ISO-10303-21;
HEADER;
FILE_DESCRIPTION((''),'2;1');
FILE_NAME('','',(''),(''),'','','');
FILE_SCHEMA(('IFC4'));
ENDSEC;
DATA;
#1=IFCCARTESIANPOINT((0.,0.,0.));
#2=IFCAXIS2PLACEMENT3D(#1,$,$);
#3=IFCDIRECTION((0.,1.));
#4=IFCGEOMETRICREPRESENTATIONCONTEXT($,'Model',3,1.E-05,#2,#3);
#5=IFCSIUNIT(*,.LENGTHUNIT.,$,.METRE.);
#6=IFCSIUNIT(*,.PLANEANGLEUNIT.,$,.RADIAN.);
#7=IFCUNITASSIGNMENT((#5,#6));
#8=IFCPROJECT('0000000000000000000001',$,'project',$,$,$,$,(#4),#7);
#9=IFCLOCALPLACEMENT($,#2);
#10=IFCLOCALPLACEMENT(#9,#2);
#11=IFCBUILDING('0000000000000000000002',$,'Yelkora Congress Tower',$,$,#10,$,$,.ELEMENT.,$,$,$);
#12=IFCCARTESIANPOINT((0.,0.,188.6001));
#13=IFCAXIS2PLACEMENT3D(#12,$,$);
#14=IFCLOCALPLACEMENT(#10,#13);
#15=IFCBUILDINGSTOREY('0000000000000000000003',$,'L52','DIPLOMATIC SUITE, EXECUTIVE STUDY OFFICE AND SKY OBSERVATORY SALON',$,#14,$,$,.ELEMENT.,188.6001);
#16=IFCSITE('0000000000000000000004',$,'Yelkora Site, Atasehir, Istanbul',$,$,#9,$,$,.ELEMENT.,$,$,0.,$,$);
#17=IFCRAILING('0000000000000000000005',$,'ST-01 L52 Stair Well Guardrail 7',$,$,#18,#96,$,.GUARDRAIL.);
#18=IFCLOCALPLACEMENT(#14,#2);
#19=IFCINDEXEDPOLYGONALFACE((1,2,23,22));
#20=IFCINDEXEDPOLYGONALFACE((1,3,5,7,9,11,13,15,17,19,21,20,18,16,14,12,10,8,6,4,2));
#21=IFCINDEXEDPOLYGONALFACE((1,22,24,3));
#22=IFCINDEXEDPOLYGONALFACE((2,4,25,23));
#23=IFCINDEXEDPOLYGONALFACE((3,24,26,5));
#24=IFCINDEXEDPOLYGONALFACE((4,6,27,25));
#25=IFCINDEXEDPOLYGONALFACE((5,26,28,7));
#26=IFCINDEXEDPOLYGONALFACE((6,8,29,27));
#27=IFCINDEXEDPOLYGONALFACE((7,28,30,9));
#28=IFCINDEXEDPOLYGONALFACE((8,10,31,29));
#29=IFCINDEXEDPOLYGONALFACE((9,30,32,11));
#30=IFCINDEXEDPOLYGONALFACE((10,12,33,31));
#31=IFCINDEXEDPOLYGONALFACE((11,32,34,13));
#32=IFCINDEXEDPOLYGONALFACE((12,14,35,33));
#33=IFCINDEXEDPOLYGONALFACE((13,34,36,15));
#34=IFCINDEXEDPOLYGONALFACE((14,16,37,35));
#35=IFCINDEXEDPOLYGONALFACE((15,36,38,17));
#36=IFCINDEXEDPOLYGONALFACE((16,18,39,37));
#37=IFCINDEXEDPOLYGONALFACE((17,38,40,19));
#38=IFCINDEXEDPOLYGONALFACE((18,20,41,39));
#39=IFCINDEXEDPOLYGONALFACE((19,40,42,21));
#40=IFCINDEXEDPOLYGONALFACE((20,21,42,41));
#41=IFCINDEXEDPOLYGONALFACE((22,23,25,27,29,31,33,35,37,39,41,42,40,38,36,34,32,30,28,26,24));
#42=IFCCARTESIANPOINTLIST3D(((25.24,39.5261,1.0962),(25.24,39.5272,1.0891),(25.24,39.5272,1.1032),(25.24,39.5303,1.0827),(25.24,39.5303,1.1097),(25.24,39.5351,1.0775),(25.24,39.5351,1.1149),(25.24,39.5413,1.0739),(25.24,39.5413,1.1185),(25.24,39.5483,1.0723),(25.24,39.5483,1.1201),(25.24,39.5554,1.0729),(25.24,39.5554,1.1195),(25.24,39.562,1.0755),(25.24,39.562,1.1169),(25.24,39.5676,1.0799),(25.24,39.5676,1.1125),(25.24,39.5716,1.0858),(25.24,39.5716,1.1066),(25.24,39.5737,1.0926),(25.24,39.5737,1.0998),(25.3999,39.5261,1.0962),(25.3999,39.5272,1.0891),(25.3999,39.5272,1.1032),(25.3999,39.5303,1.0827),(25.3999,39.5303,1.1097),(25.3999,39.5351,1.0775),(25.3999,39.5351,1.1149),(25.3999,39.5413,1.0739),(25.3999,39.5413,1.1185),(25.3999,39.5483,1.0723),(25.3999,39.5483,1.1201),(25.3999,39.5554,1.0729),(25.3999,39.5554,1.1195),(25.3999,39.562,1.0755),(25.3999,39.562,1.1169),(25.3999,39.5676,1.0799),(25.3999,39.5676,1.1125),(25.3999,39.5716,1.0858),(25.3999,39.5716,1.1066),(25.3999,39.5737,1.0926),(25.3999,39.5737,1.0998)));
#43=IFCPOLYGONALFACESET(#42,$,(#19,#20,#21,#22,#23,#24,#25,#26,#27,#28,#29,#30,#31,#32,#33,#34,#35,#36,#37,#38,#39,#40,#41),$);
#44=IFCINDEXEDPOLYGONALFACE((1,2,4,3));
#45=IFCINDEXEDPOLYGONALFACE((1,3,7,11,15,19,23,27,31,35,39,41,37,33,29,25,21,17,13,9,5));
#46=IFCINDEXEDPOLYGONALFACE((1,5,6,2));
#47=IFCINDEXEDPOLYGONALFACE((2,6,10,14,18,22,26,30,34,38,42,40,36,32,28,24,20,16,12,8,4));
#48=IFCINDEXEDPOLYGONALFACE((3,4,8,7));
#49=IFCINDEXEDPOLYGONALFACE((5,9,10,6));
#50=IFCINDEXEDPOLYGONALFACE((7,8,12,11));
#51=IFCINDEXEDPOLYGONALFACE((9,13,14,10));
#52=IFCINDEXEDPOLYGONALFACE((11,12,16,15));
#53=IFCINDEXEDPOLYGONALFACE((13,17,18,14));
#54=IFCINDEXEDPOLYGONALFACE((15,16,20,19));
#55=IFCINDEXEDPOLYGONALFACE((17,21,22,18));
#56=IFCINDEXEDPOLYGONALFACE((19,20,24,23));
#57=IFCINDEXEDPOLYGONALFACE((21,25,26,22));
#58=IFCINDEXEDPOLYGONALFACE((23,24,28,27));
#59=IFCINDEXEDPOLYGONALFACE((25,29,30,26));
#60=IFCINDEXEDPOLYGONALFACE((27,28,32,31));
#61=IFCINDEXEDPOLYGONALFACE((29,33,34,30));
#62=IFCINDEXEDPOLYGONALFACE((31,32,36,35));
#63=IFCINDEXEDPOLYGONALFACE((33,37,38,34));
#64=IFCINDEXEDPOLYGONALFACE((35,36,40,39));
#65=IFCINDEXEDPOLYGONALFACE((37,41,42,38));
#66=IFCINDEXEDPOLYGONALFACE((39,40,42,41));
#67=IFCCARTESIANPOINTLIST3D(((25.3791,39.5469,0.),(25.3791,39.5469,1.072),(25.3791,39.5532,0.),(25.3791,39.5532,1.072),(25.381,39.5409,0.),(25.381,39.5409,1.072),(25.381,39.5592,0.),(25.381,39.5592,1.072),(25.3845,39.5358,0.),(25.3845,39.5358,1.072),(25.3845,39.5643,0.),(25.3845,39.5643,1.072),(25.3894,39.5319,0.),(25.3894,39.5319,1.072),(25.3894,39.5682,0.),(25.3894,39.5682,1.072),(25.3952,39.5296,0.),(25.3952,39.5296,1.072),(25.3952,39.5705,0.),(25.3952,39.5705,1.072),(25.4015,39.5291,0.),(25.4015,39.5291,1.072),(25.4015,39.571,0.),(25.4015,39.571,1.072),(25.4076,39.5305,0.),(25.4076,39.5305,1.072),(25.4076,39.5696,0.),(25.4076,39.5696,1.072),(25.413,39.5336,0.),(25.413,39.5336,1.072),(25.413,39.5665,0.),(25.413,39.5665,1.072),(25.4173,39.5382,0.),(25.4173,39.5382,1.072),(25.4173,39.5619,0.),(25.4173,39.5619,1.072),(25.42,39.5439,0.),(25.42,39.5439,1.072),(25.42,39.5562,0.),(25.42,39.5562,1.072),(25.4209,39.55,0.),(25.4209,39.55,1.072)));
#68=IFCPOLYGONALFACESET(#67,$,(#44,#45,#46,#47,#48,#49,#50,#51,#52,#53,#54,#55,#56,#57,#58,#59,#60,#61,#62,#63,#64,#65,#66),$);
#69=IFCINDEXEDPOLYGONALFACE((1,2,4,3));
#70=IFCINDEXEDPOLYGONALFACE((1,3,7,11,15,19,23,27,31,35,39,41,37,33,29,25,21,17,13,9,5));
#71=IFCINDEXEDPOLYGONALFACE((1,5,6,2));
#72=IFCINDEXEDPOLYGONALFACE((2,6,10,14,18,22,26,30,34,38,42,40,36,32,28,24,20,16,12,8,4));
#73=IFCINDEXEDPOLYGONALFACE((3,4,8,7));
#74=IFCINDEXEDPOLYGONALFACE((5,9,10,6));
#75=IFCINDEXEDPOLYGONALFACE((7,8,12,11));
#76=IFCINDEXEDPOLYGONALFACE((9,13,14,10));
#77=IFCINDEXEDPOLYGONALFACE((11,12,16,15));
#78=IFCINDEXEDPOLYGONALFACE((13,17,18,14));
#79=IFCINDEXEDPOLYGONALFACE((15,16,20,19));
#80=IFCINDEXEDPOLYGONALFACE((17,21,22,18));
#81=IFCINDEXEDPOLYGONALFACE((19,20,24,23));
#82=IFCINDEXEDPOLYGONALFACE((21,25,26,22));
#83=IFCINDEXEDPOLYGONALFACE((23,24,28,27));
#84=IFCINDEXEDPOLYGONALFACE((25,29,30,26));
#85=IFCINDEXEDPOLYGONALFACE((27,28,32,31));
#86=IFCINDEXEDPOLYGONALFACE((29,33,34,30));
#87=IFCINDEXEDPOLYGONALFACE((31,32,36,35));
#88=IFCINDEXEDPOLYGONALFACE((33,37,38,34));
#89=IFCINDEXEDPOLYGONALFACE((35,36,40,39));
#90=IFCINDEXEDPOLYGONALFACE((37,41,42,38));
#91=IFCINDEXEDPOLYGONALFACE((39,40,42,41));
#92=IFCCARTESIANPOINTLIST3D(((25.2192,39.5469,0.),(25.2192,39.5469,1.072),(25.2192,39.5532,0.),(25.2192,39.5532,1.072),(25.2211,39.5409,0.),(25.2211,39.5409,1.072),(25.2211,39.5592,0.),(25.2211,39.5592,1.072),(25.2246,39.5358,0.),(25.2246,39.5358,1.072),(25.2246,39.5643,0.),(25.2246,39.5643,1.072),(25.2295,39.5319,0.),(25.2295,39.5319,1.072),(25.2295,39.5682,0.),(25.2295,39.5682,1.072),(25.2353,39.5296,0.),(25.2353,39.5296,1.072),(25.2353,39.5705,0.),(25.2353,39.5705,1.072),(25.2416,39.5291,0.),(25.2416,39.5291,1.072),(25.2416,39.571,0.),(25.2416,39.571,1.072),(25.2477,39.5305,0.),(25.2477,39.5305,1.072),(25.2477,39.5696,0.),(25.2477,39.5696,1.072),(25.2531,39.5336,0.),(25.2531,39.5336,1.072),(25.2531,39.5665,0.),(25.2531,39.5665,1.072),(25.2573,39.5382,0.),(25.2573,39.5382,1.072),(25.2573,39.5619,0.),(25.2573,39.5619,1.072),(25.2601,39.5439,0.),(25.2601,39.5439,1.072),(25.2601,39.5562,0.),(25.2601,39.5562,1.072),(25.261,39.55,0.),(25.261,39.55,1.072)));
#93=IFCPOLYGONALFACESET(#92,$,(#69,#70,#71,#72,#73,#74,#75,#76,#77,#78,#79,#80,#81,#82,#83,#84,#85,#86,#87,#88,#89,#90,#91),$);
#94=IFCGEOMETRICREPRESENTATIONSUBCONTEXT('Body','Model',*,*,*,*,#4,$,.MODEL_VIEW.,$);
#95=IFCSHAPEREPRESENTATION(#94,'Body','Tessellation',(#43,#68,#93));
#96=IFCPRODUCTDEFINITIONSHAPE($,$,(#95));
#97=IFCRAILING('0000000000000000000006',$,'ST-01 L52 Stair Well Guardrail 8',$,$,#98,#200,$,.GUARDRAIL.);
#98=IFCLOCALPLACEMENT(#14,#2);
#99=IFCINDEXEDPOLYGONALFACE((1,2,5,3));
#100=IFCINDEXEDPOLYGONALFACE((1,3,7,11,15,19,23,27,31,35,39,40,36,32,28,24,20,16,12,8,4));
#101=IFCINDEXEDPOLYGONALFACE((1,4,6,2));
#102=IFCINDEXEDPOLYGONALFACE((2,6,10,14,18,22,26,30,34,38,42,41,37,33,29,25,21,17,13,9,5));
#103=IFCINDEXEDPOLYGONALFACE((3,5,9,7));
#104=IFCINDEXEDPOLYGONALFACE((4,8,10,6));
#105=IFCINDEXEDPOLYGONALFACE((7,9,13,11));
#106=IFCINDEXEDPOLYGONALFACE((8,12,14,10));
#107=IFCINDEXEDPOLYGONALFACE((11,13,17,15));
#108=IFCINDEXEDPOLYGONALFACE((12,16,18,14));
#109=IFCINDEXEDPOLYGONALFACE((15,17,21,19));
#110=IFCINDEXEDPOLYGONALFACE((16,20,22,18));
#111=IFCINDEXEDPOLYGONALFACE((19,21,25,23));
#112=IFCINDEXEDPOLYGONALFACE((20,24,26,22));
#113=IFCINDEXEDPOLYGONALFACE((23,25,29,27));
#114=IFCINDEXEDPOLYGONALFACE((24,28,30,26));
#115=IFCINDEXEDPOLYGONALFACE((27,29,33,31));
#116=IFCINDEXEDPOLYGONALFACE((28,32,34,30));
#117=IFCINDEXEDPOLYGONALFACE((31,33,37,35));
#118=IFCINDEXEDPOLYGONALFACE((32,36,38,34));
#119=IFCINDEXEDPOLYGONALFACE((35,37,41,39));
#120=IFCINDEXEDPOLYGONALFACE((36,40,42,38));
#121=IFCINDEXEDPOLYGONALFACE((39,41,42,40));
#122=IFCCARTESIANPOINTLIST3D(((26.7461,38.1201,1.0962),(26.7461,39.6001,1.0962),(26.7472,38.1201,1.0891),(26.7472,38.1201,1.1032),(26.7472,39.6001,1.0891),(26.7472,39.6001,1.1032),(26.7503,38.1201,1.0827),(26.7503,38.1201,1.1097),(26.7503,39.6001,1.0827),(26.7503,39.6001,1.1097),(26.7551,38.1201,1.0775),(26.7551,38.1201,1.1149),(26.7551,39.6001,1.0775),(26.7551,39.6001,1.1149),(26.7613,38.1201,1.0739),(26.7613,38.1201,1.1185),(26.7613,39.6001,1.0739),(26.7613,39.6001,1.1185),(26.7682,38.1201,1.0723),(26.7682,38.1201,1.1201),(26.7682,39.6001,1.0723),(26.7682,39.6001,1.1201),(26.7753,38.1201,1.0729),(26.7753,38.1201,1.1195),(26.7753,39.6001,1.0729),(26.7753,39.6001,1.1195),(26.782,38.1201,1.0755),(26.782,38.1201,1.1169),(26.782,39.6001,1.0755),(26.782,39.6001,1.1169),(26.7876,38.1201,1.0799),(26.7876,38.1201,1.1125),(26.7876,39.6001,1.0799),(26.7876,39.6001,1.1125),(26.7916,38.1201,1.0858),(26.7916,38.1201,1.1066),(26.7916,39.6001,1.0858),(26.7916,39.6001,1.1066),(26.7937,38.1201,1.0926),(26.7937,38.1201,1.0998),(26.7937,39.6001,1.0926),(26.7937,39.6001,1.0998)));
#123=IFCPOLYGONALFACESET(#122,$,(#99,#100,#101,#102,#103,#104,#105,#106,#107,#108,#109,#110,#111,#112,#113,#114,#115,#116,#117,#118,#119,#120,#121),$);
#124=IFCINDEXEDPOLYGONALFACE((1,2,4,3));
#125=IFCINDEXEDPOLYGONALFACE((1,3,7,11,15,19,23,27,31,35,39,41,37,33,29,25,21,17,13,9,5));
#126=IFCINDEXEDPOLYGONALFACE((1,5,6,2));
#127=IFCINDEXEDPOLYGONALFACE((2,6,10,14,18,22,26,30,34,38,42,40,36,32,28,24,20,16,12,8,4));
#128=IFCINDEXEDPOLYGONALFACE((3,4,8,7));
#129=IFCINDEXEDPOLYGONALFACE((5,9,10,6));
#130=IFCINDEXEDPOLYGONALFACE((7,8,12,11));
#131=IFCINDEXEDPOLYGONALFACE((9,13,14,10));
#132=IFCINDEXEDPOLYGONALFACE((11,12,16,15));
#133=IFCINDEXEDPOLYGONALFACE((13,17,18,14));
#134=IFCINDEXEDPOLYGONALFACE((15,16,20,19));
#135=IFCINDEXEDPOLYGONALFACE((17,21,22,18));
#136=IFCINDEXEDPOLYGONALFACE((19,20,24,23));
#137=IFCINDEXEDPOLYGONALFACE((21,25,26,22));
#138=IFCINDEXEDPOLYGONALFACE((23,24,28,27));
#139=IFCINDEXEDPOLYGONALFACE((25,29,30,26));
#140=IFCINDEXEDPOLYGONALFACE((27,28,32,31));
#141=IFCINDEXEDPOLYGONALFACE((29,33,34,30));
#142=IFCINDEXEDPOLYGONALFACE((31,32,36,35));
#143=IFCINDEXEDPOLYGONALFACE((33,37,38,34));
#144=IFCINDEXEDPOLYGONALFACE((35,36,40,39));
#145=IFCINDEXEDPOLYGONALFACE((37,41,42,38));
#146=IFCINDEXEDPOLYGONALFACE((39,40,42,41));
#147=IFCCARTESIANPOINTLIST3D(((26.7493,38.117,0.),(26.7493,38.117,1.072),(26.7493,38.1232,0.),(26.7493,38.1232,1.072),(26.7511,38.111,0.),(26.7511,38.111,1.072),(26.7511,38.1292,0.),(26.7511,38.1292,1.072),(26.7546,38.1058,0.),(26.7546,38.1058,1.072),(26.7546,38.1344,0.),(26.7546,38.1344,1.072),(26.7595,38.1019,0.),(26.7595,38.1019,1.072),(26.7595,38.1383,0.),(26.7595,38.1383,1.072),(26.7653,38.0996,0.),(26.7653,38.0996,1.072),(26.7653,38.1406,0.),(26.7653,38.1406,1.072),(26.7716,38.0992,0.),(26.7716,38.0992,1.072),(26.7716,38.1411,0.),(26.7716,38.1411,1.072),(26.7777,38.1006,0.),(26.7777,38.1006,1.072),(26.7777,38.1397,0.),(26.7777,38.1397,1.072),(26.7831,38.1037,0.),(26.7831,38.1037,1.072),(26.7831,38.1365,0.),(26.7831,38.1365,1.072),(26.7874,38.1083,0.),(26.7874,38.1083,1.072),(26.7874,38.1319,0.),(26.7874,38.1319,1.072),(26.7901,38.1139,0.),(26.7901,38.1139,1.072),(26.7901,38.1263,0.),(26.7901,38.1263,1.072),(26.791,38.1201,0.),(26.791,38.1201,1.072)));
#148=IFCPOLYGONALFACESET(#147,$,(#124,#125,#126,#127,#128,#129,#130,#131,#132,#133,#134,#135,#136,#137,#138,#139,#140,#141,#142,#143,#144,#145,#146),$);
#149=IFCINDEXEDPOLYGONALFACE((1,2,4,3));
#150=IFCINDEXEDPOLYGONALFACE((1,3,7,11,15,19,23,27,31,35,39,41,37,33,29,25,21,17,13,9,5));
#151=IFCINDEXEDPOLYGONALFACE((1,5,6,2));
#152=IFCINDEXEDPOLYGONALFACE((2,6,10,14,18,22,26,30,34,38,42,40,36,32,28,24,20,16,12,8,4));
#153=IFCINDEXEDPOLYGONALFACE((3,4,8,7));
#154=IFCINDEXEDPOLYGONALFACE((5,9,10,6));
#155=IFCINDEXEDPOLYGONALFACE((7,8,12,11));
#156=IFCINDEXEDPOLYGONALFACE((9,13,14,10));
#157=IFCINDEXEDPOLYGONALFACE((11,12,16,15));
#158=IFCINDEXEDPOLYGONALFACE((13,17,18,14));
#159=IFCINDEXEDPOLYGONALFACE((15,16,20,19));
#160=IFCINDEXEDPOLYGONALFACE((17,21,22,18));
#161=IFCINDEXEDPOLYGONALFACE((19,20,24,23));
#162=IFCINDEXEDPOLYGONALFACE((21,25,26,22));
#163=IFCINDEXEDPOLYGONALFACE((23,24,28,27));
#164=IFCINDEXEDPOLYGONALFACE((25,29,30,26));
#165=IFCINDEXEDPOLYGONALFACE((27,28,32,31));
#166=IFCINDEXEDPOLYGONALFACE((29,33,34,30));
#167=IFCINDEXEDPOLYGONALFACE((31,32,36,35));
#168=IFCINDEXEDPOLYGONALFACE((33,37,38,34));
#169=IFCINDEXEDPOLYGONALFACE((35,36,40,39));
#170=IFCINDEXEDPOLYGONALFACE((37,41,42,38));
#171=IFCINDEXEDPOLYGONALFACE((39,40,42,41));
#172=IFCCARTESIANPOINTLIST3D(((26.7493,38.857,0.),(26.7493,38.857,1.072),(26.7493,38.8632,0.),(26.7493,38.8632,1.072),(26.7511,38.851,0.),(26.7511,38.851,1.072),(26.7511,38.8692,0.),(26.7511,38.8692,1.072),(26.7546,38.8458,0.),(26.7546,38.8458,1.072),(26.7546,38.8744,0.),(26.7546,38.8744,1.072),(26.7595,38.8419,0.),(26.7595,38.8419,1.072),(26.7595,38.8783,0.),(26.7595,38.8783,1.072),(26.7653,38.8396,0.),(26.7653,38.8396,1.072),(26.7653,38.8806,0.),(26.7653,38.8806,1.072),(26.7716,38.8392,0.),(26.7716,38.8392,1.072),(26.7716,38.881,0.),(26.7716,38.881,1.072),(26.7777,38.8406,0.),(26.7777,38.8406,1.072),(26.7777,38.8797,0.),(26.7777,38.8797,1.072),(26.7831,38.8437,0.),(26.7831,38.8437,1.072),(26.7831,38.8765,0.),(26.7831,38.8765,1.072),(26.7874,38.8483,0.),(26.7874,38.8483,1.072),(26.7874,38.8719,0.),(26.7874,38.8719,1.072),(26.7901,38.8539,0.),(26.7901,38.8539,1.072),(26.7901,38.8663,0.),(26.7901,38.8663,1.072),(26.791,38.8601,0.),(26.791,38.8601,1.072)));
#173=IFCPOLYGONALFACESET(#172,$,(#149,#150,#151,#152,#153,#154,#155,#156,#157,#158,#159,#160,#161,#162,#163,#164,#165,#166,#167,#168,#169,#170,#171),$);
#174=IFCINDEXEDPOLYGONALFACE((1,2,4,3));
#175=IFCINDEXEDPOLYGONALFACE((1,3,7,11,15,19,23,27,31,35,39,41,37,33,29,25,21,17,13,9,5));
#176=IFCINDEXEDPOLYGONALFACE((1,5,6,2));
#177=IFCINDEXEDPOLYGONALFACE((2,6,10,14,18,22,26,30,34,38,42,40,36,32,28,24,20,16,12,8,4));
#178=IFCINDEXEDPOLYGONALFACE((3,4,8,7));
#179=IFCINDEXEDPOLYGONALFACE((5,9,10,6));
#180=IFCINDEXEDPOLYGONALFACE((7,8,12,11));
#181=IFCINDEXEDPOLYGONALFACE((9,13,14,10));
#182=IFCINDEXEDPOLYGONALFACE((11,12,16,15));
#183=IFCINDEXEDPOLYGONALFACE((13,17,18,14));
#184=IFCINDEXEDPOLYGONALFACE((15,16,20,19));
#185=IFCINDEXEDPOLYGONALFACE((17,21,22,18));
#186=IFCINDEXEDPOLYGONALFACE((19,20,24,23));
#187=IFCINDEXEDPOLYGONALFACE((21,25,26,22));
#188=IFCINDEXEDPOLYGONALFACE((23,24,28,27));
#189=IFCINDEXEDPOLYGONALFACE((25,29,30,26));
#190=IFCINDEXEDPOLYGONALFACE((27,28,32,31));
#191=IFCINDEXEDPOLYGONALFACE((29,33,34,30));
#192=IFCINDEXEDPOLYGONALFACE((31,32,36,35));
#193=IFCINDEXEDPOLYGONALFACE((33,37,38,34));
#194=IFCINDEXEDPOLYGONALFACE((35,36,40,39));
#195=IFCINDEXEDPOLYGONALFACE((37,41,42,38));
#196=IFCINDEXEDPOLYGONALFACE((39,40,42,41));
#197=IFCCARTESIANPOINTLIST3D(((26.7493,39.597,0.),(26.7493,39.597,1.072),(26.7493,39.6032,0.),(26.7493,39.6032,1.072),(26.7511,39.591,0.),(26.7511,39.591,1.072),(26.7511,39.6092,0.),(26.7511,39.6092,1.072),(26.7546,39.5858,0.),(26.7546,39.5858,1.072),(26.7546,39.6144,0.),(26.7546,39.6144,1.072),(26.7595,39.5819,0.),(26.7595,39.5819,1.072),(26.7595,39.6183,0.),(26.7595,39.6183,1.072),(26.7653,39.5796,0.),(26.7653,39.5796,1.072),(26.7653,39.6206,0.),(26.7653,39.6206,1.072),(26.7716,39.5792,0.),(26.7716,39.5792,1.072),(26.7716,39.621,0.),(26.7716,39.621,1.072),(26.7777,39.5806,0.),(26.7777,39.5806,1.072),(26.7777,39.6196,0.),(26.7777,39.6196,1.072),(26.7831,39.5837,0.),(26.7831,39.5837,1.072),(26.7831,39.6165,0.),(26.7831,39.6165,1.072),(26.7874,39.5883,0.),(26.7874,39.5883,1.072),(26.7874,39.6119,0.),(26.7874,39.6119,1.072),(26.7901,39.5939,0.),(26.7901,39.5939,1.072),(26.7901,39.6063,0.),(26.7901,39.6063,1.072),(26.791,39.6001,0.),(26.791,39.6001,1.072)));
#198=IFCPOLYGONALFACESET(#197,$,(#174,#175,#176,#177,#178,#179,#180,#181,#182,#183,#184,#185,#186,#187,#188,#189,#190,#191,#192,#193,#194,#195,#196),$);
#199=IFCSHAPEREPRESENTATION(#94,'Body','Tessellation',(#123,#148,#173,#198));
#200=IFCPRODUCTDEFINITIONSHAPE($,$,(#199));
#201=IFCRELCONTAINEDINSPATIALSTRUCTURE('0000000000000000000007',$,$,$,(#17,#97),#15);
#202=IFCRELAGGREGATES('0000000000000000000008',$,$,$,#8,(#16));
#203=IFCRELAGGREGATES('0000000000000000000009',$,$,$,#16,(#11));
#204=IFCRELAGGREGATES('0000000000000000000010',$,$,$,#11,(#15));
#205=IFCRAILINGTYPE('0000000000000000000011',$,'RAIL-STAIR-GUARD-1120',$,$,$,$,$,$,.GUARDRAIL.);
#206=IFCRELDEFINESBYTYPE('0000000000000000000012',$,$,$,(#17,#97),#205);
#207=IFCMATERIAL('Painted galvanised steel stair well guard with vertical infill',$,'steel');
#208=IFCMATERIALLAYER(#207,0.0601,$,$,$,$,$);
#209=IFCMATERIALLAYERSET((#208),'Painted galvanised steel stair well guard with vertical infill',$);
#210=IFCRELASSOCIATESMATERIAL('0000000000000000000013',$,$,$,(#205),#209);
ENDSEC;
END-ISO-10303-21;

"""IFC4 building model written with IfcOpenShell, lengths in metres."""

from ifc_helpers import new_model, si_unit, direction, frame, origin, origin_2d, place, context, subcontext, project, spatial, circle, extrude, material, layer, layer_set, type_object, element, save


model = new_model("IFC4")

# Units and contexts
model_context = context("Model", 3, precision=1e-05, world=origin(), true_north=direction((0.0, 1.0)))
body_context = subcontext(model_context, "Body", "Model", "MODEL_VIEW")
ifc_project = project(units=[si_unit("LENGTHUNIT", "METRE"), si_unit("PLANEANGLEUNIT", "RADIAN")], contexts=[model_context])

# Site, building, storey
site_placement = place(None, origin())
site = spatial("IfcSite", under=ifc_project, at=site_placement, Name="Yelkora Site, Atasehir, Istanbul", CompositionType="ELEMENT", RefElevation=0.0)
building_placement = place(site_placement, origin())
building = spatial("IfcBuilding", under=site, at=building_placement, Name="Yelkora Congress Tower", CompositionType="ELEMENT")
storey_placement = place(building_placement, frame((0.0, 0.0, 188.6001)))
storey = spatial("IfcBuildingStorey", under=building, at=storey_placement, Name="L52", Description="DIPLOMATIC SUITE, EXECUTIVE STUDY OFFICE AND SKY OBSERVATORY SALON", CompositionType="ELEMENT", Elevation=188.6001)

# Railings
ifc_material_1 = material(Name="Painted galvanised steel stair well guard with vertical infill", Category="steel")
ifc_layer_1 = layer(ifc_material_1, 0.0601)
ifc_layer_set_1 = layer_set([ifc_layer_1], Name="Painted galvanised steel stair well guard with vertical infill")
railing_type_1 = type_object("IfcRailingType", Name="RAIL-STAIR-GUARD-1120", PredefinedType="GUARDRAIL", material=ifc_layer_set_1)
railing_1_placement = place(storey_placement, frame((25.3999, 39.55, 0.0)))
element("IfcRailing", 1, at=railing_1_placement, inside=storey, type_object=railing_type_1, Name="ST-01 L52 Stair Well Guardrail 7", PredefinedType="GUARDRAIL", context=body_context, shape_type="SweptSolid", body=[
    extrude(circle(Radius=0.0239, at=origin_2d()), frame((0.0, 0.0, 1.0962), z_axis=(-1.0, 0.0, 0.0), x_axis=(0.0, -1.0, 0.0)), (0.0, 0.0, 1.0), 0.1599),
    extrude(circle(Radius=0.021, at=origin_2d()), origin(), (0.0, 0.0, 1.0), 1.072),
    extrude(circle(Radius=0.021, at=origin_2d()), frame((-0.1599, 0.0, 0.0)), (0.0, 0.0, 1.0), 1.072),
])
for number, where, name in (
    (2, (26.77, 38.1201, 0.0), "ST-01 L52 Stair Well Guardrail 8"),
):
    element("IfcRailing", number, at=place(storey_placement, frame(where)), inside=storey, type_object=railing_type_1, Name=name, PredefinedType="GUARDRAIL", context=body_context, shape_type="SweptSolid", body=[
        extrude(circle(Radius=0.0239, at=origin_2d()), frame((0.0, 0.0, 1.0962), z_axis=(0.0, 1.0, 0.0), x_axis=(-1.0, 0.0, 0.0)), (0.0, 0.0, 1.0), 1.48),
        extrude(circle(Radius=0.021, at=origin_2d()), origin(), (0.0, 0.0, 1.0), 1.072),
        extrude(circle(Radius=0.021, at=origin_2d()), frame((0.0, 0.74, 0.0)), (0.0, 0.0, 1.0), 1.072),
        extrude(circle(Radius=0.021, at=origin_2d()), frame((0.0, 1.48, 0.0)), (0.0, 0.0, 1.0), 1.072),
    ])

save(model, "model.ifc")
